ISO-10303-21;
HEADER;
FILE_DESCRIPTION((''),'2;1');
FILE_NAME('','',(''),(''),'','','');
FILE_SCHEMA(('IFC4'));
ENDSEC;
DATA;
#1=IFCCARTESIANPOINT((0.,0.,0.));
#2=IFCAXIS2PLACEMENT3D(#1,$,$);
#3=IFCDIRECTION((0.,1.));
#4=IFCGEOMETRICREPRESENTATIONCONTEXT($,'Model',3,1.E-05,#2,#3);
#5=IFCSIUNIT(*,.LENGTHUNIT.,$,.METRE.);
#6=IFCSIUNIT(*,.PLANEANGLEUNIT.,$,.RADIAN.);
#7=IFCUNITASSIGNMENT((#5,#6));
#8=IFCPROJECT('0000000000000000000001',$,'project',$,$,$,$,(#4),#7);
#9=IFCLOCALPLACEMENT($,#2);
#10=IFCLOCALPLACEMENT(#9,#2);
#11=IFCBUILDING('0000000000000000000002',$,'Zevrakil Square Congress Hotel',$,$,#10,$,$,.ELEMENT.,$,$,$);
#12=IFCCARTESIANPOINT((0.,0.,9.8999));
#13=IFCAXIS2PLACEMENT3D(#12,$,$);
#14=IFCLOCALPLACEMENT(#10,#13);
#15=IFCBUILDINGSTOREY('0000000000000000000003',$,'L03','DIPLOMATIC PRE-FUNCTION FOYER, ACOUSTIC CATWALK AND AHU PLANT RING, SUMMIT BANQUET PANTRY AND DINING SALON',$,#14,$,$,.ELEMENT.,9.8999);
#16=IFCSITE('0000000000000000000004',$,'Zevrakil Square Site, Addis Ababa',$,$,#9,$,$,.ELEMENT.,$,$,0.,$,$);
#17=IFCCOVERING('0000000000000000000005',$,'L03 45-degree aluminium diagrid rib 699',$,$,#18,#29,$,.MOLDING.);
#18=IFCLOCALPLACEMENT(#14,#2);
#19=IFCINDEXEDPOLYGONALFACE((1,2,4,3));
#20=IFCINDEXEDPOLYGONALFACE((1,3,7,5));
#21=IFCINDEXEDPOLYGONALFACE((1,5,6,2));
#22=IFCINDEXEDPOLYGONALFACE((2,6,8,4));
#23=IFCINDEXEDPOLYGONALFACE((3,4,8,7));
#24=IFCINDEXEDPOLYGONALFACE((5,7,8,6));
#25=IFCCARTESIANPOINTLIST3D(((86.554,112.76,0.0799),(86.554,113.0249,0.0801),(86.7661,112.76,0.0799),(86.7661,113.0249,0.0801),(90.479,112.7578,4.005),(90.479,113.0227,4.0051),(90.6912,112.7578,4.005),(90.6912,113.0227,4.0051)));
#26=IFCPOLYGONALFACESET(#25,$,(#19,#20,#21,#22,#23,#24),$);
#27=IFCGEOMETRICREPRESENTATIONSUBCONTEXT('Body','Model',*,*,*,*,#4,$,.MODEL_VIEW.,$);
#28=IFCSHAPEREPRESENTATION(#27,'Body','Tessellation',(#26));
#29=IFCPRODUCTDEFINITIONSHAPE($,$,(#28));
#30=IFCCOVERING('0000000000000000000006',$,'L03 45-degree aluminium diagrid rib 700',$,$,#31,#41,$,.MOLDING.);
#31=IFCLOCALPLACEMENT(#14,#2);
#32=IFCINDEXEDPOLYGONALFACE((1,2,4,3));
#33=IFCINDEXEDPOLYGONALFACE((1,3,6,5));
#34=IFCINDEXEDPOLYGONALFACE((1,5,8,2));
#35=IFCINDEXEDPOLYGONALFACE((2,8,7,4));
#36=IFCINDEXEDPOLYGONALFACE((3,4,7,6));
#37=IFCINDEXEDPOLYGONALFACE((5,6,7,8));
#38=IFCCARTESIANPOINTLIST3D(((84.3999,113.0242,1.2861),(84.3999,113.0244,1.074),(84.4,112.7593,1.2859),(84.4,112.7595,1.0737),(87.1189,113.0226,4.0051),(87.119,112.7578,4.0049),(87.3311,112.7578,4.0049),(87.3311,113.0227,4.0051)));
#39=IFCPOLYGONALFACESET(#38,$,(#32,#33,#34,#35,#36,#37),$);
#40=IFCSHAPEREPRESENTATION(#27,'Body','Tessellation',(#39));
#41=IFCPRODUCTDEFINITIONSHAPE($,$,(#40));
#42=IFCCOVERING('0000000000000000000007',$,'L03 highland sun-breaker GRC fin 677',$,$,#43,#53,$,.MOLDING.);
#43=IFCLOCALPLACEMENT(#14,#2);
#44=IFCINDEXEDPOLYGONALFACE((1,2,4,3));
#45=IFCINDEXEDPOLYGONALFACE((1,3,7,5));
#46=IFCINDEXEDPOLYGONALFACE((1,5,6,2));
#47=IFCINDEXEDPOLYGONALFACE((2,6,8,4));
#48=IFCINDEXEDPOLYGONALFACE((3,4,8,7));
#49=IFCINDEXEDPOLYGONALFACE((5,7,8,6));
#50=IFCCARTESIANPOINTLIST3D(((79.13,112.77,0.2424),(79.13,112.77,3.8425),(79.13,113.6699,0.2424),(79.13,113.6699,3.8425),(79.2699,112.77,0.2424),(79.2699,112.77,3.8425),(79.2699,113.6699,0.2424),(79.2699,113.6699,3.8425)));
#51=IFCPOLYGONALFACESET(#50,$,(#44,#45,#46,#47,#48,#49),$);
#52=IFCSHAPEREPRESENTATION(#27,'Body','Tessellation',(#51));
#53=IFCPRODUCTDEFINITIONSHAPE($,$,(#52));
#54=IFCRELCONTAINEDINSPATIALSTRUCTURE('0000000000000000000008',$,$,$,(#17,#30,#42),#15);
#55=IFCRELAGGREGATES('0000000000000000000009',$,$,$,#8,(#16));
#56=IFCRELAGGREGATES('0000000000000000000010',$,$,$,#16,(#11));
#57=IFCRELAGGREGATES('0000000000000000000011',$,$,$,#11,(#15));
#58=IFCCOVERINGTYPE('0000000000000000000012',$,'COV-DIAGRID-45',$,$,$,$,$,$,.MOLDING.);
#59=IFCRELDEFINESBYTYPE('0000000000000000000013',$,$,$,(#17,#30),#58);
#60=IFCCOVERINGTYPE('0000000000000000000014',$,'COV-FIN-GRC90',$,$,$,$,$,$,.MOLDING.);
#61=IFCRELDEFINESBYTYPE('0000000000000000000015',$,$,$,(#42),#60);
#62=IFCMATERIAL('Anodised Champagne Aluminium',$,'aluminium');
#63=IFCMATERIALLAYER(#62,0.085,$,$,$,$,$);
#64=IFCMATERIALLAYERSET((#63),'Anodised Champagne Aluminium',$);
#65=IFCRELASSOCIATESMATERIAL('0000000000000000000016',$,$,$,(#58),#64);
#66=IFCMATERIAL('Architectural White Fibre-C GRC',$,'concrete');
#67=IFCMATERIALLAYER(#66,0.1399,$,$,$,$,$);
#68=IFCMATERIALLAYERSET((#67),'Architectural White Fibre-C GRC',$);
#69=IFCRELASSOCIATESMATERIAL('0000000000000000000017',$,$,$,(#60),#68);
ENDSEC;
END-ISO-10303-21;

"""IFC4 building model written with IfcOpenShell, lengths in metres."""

from ifc_helpers import new_model, si_unit, direction, frame, origin, origin_2d, place, context, subcontext, project, spatial, polyline, rectangle, outline, extrude, material, layer, layer_set, type_object, element, save


model = new_model("IFC4")

# Units and contexts
model_context = context("Model", 3, precision=1e-05, world=origin(), true_north=direction((0.0, 1.0)))
body_context = subcontext(model_context, "Body", "Model", "MODEL_VIEW")
ifc_project = project(units=[si_unit("LENGTHUNIT", "METRE"), si_unit("PLANEANGLEUNIT", "RADIAN")], contexts=[model_context])

# Site, building, storey
site_placement = place(None, origin())
site = spatial("IfcSite", under=ifc_project, at=site_placement, Name="Zevrakil Square Site, Addis Ababa", CompositionType="ELEMENT", RefElevation=0.0)
building_placement = place(site_placement, origin())
building = spatial("IfcBuilding", under=site, at=building_placement, Name="Zevrakil Square Congress Hotel", CompositionType="ELEMENT")
storey_placement = place(building_placement, frame((0.0, 0.0, 9.8999)))
storey = spatial("IfcBuildingStorey", under=building, at=storey_placement, Name="L03", Description="DIPLOMATIC PRE-FUNCTION FOYER, ACOUSTIC CATWALK AND AHU PLANT RING, SUMMIT BANQUET PANTRY AND DINING SALON", CompositionType="ELEMENT", Elevation=9.8999)

# Coverings
ifc_material_1 = material(Name="Anodised Champagne Aluminium", Category="aluminium")
ifc_layer_1 = layer(ifc_material_1, 0.085)
ifc_layer_set_1 = layer_set([ifc_layer_1], Name="Anodised Champagne Aluminium")
covering_type_1 = type_object("IfcCoveringType", Name="COV-DIAGRID-45", PredefinedType="MOLDING", material=ifc_layer_set_1)
covering_1_placement = place(storey_placement, frame((90.6912, 113.0227, 4.0051), z_axis=(0.0, 1.0, 0.00056), x_axis=(-1.0, 0.0, 0.0)))
element("IfcCovering", 1, at=covering_1_placement, inside=storey, type_object=covering_type_1, Name="L03 45-degree aluminium diagrid rib 699", PredefinedType="MOLDING", context=body_context, shape_type="SweptSolid", body=[
    extrude(outline(polyline([(0.0, 0.0), (0.2122, 0.0), (4.1372, -3.925), (3.925, -3.925), (0.0, 0.0)])), origin(), (0.0, 0.0, -1.0), 0.2649),
])
covering_2_placement = place(storey_placement, frame((87.3311, 113.0227, 4.0051), z_axis=(-0.000295, 1.0, 0.000856), x_axis=(-1.0, -0.000295, 0.0)))
element("IfcCovering", 2, at=covering_2_placement, inside=storey, type_object=covering_type_1, Name="L03 45-degree aluminium diagrid rib 700", PredefinedType="MOLDING", context=body_context, shape_type="SweptSolid", body=[
    extrude(outline(polyline([(0.0, 0.0), (0.2122, 0.0), (2.9312, -2.719), (2.9312, -2.9312), (0.0, 0.0)])), origin(), (0.0, 0.0, -1.0), 0.2649),
])
ifc_material_2 = material(Name="Architectural White Fibre-C GRC", Category="concrete")
ifc_layer_2 = layer(ifc_material_2, 0.1399)
ifc_layer_set_2 = layer_set([ifc_layer_2], Name="Architectural White Fibre-C GRC")
covering_type_2 = type_object("IfcCoveringType", Name="COV-FIN-GRC90", PredefinedType="MOLDING", material=ifc_layer_set_2)
covering_3_placement = place(storey_placement, frame((79.2, 113.22, 0.2424), z_axis=(0.0, 0.0, 1.0), x_axis=(0.0, 1.0, 0.0)))
element("IfcCovering", 3, at=covering_3_placement, inside=storey, type_object=covering_type_2, Name="L03 highland sun-breaker GRC fin 677", PredefinedType="MOLDING", context=body_context, shape_type="SweptSolid", body=[
    extrude(rectangle(XDim=0.8999, YDim=0.1399, at=origin_2d()), origin(), (0.0, 0.0, 1.0), 3.6001),
])

save(model, "model.ifc")
